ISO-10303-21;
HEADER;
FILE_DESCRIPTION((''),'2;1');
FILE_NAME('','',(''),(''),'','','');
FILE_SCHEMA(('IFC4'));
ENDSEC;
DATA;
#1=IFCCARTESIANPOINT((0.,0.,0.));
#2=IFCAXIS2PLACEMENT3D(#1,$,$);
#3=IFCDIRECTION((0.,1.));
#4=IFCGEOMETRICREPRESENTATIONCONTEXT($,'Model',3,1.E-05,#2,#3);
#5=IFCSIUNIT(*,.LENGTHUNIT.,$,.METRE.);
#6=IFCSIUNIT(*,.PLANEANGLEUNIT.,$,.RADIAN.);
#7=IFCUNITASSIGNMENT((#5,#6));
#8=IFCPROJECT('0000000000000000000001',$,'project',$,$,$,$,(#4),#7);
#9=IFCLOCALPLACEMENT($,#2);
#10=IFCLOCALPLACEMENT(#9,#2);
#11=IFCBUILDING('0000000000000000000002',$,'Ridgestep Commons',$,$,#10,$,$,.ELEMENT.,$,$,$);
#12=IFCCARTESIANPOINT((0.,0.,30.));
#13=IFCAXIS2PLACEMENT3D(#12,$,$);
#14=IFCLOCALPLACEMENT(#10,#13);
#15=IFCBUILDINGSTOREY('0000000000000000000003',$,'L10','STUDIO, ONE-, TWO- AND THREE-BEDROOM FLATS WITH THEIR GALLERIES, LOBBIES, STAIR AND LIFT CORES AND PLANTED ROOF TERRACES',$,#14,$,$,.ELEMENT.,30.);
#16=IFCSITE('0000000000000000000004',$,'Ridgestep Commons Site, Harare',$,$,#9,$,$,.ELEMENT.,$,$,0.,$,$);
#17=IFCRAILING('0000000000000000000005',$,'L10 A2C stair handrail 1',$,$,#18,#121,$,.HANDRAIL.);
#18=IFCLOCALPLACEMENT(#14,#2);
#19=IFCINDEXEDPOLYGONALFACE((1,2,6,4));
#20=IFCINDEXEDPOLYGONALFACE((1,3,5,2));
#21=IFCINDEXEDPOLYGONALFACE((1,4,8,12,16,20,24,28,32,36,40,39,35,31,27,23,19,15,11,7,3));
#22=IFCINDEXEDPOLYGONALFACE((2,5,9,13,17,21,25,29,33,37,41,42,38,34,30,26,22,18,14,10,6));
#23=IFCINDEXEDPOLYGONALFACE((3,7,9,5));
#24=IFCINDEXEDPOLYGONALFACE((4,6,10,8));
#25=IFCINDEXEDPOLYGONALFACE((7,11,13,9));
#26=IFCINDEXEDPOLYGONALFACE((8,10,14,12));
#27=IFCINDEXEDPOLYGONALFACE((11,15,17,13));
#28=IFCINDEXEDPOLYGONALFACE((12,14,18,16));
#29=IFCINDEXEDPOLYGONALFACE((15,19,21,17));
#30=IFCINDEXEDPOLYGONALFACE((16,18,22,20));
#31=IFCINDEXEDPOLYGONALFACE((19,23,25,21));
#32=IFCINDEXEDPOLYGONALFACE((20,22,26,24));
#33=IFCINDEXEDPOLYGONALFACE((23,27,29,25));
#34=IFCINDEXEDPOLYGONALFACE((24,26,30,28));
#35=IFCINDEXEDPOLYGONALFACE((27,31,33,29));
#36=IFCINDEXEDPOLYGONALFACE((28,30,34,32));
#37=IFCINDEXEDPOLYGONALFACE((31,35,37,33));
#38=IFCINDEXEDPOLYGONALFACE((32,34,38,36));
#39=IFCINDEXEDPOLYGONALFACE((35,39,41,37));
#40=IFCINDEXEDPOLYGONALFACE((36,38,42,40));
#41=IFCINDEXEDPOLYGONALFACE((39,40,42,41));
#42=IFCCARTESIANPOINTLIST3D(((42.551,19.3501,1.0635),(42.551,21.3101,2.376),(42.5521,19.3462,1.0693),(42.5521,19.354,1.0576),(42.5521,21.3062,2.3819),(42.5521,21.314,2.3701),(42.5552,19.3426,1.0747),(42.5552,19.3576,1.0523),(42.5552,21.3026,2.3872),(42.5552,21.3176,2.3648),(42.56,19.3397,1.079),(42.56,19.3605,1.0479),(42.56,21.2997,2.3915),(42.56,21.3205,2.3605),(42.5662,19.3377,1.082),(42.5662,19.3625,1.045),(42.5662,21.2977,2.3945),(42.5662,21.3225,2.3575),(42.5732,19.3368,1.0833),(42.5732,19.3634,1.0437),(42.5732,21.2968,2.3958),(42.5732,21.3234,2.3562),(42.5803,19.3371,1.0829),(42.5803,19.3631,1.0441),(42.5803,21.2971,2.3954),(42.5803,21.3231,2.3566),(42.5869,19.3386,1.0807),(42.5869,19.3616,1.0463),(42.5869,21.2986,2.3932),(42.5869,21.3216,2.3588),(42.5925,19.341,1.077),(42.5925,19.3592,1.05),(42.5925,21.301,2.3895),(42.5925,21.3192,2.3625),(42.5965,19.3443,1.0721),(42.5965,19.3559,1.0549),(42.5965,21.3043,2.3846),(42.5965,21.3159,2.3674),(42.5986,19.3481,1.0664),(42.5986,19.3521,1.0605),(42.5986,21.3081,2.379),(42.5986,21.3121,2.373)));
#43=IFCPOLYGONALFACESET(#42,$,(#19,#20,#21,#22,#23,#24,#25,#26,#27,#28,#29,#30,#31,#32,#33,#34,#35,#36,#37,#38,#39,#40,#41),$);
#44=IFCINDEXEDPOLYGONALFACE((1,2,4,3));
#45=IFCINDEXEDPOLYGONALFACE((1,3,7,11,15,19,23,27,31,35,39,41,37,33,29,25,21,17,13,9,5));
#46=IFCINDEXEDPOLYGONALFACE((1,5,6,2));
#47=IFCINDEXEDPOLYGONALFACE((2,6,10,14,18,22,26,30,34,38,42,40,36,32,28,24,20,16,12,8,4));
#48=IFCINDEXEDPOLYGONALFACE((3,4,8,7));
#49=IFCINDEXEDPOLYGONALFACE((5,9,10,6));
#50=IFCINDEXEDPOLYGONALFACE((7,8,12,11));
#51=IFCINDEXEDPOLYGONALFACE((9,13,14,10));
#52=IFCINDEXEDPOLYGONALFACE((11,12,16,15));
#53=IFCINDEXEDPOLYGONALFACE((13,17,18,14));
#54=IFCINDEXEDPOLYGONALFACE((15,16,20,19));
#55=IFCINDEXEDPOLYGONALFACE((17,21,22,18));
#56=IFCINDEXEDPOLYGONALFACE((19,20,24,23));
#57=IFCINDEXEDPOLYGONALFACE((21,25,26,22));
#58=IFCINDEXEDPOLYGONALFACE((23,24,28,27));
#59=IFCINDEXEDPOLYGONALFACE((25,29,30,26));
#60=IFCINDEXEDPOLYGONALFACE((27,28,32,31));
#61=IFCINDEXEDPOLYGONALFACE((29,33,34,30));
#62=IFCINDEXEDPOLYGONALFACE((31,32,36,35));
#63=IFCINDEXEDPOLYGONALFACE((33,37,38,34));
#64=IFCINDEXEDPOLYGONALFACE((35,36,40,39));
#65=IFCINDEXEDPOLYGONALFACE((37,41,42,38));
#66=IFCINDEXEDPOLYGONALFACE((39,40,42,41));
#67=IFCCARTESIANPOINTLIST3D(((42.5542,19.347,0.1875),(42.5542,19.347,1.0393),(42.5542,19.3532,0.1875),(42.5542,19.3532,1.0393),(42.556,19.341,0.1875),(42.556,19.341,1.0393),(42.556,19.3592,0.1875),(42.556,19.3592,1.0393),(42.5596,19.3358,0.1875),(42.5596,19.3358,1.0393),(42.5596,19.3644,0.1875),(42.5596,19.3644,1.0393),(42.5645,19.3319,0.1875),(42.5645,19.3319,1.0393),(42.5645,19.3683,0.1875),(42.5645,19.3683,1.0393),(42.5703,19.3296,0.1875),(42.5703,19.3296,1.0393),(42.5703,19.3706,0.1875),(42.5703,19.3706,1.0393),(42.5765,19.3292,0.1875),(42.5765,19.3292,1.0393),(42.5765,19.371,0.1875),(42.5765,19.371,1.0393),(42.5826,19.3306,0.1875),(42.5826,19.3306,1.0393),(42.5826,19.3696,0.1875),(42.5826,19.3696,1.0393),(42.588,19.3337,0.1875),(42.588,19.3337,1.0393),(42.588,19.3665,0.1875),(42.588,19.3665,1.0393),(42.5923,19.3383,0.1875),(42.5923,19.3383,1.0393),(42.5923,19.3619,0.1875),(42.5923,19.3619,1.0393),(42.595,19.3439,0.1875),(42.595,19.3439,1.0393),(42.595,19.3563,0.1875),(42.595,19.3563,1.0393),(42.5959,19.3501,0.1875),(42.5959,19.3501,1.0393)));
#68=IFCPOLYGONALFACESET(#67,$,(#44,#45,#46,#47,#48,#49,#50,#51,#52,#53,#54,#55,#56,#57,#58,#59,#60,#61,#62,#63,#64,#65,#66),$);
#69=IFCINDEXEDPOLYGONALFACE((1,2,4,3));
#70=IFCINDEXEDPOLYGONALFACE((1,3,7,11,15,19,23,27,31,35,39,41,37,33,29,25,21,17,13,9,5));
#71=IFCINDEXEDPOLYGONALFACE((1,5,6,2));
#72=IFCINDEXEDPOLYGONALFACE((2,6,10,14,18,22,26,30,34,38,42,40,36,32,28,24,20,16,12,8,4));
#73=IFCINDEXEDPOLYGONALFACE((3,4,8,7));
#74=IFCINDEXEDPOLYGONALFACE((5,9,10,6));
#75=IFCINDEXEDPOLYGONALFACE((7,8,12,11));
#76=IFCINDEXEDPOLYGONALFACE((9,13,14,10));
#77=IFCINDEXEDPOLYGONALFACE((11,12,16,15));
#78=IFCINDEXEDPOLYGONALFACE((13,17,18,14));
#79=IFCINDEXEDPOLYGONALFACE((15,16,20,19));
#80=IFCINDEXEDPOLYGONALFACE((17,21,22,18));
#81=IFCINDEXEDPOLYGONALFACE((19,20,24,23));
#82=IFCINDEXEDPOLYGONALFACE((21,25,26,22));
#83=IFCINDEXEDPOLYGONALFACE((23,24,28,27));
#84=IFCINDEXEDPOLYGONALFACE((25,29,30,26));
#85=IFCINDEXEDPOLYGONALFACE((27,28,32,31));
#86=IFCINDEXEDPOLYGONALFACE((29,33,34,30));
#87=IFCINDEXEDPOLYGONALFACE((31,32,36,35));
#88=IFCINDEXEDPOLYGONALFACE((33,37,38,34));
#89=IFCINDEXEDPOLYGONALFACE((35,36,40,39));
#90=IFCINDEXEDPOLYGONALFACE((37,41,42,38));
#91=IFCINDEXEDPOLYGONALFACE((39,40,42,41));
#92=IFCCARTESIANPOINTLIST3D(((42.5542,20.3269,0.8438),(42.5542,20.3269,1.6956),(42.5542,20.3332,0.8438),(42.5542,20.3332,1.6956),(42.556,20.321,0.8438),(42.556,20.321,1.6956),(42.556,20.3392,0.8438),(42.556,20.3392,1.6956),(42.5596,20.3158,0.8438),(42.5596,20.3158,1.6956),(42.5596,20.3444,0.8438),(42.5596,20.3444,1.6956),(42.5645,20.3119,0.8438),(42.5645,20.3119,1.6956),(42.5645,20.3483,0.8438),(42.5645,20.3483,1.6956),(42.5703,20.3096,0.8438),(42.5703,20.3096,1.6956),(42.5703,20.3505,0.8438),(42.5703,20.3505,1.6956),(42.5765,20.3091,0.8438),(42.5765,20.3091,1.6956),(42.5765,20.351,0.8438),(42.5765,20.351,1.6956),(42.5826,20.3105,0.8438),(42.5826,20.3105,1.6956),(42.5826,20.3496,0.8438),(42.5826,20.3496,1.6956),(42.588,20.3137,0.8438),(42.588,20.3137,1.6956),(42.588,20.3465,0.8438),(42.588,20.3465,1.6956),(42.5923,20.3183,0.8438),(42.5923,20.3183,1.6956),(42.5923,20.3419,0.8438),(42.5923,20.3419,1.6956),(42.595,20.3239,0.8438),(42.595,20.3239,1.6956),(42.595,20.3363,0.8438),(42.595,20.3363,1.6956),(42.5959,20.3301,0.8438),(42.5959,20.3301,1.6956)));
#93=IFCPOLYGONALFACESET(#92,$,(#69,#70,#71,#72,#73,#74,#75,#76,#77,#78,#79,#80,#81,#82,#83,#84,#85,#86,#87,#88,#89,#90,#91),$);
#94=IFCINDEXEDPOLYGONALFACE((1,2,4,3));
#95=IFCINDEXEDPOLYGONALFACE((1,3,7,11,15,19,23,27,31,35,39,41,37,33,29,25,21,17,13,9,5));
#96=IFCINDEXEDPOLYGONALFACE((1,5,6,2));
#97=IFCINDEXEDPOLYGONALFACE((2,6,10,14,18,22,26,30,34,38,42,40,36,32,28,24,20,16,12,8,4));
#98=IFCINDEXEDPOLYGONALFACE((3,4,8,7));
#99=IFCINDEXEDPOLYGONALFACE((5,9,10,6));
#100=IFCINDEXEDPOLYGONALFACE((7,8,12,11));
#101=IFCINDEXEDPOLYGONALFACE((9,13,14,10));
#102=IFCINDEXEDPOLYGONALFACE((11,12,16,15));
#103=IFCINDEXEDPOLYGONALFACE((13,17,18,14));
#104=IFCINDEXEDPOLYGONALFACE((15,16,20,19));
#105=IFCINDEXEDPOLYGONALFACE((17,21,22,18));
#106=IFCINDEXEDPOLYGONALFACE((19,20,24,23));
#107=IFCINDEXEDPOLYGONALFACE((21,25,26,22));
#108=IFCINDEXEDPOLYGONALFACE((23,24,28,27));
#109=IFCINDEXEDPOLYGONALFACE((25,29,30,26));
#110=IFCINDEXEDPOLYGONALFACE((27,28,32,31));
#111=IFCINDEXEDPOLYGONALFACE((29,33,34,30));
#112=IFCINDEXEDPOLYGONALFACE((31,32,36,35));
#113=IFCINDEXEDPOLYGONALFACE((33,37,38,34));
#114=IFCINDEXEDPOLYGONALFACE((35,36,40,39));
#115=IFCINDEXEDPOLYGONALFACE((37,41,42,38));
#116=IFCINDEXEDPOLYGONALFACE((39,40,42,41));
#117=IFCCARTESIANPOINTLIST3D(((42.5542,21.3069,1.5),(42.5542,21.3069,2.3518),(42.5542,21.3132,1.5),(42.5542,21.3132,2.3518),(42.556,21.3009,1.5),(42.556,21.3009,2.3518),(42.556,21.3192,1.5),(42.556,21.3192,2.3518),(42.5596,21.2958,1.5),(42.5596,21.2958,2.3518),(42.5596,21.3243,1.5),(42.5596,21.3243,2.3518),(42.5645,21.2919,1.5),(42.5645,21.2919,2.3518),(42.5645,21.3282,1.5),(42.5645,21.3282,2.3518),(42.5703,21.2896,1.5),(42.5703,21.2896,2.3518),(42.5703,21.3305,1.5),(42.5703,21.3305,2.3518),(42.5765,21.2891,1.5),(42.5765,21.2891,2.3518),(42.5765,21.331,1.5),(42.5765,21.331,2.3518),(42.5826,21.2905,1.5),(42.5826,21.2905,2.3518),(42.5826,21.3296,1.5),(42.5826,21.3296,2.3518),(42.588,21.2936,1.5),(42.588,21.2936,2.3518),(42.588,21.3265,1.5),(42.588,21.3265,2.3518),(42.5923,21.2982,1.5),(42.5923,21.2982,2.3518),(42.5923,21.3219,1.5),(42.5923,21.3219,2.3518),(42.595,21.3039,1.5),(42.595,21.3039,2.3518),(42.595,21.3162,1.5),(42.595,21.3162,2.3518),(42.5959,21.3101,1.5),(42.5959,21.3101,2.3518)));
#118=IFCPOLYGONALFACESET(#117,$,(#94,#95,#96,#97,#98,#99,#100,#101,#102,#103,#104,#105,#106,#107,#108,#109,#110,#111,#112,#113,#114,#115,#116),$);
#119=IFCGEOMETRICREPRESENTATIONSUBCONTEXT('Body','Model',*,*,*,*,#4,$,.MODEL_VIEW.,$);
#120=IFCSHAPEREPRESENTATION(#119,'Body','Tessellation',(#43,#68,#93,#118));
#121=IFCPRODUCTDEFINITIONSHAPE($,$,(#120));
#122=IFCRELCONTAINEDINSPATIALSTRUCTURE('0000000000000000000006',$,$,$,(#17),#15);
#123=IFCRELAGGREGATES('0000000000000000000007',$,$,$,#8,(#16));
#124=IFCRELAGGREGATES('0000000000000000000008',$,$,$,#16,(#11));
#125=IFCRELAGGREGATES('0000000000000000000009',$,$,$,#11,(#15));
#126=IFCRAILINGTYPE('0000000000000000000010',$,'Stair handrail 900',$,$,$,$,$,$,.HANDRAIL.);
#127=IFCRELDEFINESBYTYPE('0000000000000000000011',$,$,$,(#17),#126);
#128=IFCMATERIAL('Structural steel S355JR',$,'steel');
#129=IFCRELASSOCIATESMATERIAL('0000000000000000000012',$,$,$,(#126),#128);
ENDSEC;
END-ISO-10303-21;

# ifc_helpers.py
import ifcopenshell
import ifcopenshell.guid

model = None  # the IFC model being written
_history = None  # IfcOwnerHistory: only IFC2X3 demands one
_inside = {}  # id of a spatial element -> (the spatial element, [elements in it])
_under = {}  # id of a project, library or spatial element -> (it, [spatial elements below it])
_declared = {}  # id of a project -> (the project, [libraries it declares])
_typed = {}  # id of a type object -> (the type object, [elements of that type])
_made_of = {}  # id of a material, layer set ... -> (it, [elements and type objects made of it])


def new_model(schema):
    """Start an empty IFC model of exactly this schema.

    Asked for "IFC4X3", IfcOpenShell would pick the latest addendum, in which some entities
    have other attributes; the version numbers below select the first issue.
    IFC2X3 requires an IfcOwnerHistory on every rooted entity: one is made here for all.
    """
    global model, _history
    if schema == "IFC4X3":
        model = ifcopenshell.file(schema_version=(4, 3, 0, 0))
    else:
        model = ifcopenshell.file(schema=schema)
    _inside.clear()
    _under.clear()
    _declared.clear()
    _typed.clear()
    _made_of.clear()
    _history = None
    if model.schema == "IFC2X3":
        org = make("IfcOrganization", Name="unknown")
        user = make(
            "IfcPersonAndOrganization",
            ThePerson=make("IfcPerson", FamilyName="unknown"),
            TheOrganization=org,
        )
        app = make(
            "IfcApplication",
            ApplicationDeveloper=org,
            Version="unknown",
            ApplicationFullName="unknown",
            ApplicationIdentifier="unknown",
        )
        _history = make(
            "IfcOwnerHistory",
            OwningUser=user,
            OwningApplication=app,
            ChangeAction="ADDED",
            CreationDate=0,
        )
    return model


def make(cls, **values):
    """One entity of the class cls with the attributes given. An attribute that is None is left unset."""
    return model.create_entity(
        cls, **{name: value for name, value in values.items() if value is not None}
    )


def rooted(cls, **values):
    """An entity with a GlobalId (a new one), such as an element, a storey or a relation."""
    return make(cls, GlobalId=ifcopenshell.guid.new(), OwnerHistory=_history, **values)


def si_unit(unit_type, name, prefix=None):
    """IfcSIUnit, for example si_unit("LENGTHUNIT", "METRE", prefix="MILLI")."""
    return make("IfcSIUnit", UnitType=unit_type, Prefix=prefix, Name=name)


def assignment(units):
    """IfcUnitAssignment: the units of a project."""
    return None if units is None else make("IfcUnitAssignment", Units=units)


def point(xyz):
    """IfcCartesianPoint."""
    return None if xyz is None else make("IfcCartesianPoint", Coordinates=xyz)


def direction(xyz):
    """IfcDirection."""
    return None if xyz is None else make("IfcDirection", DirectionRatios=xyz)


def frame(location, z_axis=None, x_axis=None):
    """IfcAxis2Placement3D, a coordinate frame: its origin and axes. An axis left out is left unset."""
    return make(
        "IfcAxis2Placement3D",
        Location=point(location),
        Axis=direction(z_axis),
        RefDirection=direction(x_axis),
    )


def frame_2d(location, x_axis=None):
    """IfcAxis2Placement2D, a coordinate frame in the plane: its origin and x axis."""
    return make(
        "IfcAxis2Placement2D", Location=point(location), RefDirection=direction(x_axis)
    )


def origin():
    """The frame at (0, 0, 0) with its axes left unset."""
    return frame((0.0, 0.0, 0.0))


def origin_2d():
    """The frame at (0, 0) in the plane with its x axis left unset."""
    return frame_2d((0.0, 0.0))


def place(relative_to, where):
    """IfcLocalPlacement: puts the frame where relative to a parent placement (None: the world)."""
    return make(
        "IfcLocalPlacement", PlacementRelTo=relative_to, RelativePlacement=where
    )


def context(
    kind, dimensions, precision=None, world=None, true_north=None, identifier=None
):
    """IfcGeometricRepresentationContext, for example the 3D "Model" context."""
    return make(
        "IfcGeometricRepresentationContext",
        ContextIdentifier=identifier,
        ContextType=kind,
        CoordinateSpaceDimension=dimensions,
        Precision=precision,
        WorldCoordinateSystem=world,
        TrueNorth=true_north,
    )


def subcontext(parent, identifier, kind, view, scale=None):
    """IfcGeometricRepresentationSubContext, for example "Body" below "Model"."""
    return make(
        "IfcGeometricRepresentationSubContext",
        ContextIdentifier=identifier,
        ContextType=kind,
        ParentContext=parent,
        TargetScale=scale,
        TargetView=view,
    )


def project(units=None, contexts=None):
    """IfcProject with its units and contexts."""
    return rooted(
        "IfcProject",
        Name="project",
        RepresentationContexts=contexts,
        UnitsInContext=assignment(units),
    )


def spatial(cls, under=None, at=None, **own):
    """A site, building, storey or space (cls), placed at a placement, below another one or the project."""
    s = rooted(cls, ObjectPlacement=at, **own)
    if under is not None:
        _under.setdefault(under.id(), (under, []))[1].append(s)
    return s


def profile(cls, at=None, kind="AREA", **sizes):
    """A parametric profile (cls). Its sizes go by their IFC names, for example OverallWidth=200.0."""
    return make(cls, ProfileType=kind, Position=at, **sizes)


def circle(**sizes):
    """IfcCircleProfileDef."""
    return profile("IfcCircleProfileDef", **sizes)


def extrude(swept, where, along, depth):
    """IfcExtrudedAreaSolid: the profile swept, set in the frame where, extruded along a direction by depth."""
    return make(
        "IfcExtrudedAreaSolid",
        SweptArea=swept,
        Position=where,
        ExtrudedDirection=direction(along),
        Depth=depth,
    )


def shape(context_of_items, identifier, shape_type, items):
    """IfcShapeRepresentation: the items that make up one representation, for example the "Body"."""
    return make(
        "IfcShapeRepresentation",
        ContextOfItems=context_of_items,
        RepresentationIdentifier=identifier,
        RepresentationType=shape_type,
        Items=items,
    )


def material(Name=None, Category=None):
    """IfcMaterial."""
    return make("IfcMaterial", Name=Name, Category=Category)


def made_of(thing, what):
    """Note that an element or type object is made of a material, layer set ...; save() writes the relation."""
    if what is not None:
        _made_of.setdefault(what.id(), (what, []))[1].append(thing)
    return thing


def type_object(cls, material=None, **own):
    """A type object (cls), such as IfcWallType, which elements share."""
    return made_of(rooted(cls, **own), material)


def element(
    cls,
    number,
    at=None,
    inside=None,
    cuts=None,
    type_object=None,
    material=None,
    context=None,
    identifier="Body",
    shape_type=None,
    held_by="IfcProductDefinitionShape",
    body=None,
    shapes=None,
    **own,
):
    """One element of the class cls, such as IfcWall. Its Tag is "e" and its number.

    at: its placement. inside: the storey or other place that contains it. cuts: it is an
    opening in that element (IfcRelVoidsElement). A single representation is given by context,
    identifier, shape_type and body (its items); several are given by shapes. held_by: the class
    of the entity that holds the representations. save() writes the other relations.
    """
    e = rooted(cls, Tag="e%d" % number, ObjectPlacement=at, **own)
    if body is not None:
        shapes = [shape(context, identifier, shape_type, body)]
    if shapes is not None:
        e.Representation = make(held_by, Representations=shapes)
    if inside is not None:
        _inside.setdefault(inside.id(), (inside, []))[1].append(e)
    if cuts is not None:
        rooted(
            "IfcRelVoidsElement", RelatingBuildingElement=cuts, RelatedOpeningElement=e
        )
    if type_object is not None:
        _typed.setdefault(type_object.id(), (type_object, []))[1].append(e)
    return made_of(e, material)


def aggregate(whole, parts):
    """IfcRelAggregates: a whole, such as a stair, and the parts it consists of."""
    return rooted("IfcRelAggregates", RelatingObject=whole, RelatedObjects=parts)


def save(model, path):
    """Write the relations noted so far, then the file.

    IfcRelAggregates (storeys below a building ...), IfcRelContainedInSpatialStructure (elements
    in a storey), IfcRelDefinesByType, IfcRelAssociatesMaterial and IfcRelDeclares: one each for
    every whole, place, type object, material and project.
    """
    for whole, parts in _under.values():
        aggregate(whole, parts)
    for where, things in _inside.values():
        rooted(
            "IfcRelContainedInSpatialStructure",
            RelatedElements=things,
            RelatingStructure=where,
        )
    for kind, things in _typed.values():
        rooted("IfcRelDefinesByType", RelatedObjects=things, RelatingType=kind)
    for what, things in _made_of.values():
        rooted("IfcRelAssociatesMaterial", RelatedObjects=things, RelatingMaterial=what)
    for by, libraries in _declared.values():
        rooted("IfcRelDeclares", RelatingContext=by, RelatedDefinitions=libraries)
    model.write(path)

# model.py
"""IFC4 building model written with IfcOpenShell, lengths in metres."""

from ifc_helpers import new_model, si_unit, direction, frame, origin, origin_2d, place, context, subcontext, project, spatial, circle, extrude, material, type_object, element, save


model = new_model("IFC4")

# Units and contexts
model_context = context("Model", 3, precision=1e-05, world=origin(), true_north=direction((0.0, 1.0)))
body_context = subcontext(model_context, "Body", "Model", "MODEL_VIEW")
ifc_project = project(units=[si_unit("LENGTHUNIT", "METRE"), si_unit("PLANEANGLEUNIT", "RADIAN")], contexts=[model_context])

# Site, building, storey
site_placement = place(None, origin())
site = spatial("IfcSite", under=ifc_project, at=site_placement, Name="Ridgestep Commons Site, Harare", CompositionType="ELEMENT", RefElevation=0.0)
building_placement = place(site_placement, origin())
building = spatial("IfcBuilding", under=site, at=building_placement, Name="Ridgestep Commons", CompositionType="ELEMENT")
storey_placement = place(building_placement, frame((0.0, 0.0, 30.0)))
storey = spatial("IfcBuildingStorey", under=building, at=storey_placement, Name="L10", Description="STUDIO, ONE-, TWO- AND THREE-BEDROOM FLATS WITH THEIR GALLERIES, LOBBIES, STAIR AND LIFT CORES AND PLANTED ROOF TERRACES", CompositionType="ELEMENT", Elevation=30.0)

# Railing
ifc_material_1 = material(Name="Structural steel S355JR", Category="steel")
railing_type_1 = type_object("IfcRailingType", Name="Stair handrail 900", PredefinedType="HANDRAIL", material=ifc_material_1)
railing_1_placement = place(storey_placement, frame((42.575, 19.3501, 0.1875)))
element("IfcRailing", 1, at=railing_1_placement, inside=storey, type_object=railing_type_1, Name="L10 A2C stair handrail 1", PredefinedType="HANDRAIL", context=body_context, shape_type="SweptSolid", body=[
    extrude(circle(Radius=0.0239, at=origin_2d()), frame((0.0, 0.0, 0.876), z_axis=(0.0, 0.830902, 0.556419), x_axis=(-1.0, 0.0, 0.0)), (0.0, 0.0, 1.0), 2.3589),
    extrude(circle(Radius=0.021, at=origin_2d()), origin(), (0.0, 0.0, 1.0), 0.8518),
    extrude(circle(Radius=0.021, at=origin_2d()), frame((0.0, 0.98, 0.6562)), (0.0, 0.0, 1.0), 0.8518),
    extrude(circle(Radius=0.021, at=origin_2d()), frame((0.0, 1.96, 1.3125)), (0.0, 0.0, 1.0), 0.8518),
])

save(model, "model.ifc")
